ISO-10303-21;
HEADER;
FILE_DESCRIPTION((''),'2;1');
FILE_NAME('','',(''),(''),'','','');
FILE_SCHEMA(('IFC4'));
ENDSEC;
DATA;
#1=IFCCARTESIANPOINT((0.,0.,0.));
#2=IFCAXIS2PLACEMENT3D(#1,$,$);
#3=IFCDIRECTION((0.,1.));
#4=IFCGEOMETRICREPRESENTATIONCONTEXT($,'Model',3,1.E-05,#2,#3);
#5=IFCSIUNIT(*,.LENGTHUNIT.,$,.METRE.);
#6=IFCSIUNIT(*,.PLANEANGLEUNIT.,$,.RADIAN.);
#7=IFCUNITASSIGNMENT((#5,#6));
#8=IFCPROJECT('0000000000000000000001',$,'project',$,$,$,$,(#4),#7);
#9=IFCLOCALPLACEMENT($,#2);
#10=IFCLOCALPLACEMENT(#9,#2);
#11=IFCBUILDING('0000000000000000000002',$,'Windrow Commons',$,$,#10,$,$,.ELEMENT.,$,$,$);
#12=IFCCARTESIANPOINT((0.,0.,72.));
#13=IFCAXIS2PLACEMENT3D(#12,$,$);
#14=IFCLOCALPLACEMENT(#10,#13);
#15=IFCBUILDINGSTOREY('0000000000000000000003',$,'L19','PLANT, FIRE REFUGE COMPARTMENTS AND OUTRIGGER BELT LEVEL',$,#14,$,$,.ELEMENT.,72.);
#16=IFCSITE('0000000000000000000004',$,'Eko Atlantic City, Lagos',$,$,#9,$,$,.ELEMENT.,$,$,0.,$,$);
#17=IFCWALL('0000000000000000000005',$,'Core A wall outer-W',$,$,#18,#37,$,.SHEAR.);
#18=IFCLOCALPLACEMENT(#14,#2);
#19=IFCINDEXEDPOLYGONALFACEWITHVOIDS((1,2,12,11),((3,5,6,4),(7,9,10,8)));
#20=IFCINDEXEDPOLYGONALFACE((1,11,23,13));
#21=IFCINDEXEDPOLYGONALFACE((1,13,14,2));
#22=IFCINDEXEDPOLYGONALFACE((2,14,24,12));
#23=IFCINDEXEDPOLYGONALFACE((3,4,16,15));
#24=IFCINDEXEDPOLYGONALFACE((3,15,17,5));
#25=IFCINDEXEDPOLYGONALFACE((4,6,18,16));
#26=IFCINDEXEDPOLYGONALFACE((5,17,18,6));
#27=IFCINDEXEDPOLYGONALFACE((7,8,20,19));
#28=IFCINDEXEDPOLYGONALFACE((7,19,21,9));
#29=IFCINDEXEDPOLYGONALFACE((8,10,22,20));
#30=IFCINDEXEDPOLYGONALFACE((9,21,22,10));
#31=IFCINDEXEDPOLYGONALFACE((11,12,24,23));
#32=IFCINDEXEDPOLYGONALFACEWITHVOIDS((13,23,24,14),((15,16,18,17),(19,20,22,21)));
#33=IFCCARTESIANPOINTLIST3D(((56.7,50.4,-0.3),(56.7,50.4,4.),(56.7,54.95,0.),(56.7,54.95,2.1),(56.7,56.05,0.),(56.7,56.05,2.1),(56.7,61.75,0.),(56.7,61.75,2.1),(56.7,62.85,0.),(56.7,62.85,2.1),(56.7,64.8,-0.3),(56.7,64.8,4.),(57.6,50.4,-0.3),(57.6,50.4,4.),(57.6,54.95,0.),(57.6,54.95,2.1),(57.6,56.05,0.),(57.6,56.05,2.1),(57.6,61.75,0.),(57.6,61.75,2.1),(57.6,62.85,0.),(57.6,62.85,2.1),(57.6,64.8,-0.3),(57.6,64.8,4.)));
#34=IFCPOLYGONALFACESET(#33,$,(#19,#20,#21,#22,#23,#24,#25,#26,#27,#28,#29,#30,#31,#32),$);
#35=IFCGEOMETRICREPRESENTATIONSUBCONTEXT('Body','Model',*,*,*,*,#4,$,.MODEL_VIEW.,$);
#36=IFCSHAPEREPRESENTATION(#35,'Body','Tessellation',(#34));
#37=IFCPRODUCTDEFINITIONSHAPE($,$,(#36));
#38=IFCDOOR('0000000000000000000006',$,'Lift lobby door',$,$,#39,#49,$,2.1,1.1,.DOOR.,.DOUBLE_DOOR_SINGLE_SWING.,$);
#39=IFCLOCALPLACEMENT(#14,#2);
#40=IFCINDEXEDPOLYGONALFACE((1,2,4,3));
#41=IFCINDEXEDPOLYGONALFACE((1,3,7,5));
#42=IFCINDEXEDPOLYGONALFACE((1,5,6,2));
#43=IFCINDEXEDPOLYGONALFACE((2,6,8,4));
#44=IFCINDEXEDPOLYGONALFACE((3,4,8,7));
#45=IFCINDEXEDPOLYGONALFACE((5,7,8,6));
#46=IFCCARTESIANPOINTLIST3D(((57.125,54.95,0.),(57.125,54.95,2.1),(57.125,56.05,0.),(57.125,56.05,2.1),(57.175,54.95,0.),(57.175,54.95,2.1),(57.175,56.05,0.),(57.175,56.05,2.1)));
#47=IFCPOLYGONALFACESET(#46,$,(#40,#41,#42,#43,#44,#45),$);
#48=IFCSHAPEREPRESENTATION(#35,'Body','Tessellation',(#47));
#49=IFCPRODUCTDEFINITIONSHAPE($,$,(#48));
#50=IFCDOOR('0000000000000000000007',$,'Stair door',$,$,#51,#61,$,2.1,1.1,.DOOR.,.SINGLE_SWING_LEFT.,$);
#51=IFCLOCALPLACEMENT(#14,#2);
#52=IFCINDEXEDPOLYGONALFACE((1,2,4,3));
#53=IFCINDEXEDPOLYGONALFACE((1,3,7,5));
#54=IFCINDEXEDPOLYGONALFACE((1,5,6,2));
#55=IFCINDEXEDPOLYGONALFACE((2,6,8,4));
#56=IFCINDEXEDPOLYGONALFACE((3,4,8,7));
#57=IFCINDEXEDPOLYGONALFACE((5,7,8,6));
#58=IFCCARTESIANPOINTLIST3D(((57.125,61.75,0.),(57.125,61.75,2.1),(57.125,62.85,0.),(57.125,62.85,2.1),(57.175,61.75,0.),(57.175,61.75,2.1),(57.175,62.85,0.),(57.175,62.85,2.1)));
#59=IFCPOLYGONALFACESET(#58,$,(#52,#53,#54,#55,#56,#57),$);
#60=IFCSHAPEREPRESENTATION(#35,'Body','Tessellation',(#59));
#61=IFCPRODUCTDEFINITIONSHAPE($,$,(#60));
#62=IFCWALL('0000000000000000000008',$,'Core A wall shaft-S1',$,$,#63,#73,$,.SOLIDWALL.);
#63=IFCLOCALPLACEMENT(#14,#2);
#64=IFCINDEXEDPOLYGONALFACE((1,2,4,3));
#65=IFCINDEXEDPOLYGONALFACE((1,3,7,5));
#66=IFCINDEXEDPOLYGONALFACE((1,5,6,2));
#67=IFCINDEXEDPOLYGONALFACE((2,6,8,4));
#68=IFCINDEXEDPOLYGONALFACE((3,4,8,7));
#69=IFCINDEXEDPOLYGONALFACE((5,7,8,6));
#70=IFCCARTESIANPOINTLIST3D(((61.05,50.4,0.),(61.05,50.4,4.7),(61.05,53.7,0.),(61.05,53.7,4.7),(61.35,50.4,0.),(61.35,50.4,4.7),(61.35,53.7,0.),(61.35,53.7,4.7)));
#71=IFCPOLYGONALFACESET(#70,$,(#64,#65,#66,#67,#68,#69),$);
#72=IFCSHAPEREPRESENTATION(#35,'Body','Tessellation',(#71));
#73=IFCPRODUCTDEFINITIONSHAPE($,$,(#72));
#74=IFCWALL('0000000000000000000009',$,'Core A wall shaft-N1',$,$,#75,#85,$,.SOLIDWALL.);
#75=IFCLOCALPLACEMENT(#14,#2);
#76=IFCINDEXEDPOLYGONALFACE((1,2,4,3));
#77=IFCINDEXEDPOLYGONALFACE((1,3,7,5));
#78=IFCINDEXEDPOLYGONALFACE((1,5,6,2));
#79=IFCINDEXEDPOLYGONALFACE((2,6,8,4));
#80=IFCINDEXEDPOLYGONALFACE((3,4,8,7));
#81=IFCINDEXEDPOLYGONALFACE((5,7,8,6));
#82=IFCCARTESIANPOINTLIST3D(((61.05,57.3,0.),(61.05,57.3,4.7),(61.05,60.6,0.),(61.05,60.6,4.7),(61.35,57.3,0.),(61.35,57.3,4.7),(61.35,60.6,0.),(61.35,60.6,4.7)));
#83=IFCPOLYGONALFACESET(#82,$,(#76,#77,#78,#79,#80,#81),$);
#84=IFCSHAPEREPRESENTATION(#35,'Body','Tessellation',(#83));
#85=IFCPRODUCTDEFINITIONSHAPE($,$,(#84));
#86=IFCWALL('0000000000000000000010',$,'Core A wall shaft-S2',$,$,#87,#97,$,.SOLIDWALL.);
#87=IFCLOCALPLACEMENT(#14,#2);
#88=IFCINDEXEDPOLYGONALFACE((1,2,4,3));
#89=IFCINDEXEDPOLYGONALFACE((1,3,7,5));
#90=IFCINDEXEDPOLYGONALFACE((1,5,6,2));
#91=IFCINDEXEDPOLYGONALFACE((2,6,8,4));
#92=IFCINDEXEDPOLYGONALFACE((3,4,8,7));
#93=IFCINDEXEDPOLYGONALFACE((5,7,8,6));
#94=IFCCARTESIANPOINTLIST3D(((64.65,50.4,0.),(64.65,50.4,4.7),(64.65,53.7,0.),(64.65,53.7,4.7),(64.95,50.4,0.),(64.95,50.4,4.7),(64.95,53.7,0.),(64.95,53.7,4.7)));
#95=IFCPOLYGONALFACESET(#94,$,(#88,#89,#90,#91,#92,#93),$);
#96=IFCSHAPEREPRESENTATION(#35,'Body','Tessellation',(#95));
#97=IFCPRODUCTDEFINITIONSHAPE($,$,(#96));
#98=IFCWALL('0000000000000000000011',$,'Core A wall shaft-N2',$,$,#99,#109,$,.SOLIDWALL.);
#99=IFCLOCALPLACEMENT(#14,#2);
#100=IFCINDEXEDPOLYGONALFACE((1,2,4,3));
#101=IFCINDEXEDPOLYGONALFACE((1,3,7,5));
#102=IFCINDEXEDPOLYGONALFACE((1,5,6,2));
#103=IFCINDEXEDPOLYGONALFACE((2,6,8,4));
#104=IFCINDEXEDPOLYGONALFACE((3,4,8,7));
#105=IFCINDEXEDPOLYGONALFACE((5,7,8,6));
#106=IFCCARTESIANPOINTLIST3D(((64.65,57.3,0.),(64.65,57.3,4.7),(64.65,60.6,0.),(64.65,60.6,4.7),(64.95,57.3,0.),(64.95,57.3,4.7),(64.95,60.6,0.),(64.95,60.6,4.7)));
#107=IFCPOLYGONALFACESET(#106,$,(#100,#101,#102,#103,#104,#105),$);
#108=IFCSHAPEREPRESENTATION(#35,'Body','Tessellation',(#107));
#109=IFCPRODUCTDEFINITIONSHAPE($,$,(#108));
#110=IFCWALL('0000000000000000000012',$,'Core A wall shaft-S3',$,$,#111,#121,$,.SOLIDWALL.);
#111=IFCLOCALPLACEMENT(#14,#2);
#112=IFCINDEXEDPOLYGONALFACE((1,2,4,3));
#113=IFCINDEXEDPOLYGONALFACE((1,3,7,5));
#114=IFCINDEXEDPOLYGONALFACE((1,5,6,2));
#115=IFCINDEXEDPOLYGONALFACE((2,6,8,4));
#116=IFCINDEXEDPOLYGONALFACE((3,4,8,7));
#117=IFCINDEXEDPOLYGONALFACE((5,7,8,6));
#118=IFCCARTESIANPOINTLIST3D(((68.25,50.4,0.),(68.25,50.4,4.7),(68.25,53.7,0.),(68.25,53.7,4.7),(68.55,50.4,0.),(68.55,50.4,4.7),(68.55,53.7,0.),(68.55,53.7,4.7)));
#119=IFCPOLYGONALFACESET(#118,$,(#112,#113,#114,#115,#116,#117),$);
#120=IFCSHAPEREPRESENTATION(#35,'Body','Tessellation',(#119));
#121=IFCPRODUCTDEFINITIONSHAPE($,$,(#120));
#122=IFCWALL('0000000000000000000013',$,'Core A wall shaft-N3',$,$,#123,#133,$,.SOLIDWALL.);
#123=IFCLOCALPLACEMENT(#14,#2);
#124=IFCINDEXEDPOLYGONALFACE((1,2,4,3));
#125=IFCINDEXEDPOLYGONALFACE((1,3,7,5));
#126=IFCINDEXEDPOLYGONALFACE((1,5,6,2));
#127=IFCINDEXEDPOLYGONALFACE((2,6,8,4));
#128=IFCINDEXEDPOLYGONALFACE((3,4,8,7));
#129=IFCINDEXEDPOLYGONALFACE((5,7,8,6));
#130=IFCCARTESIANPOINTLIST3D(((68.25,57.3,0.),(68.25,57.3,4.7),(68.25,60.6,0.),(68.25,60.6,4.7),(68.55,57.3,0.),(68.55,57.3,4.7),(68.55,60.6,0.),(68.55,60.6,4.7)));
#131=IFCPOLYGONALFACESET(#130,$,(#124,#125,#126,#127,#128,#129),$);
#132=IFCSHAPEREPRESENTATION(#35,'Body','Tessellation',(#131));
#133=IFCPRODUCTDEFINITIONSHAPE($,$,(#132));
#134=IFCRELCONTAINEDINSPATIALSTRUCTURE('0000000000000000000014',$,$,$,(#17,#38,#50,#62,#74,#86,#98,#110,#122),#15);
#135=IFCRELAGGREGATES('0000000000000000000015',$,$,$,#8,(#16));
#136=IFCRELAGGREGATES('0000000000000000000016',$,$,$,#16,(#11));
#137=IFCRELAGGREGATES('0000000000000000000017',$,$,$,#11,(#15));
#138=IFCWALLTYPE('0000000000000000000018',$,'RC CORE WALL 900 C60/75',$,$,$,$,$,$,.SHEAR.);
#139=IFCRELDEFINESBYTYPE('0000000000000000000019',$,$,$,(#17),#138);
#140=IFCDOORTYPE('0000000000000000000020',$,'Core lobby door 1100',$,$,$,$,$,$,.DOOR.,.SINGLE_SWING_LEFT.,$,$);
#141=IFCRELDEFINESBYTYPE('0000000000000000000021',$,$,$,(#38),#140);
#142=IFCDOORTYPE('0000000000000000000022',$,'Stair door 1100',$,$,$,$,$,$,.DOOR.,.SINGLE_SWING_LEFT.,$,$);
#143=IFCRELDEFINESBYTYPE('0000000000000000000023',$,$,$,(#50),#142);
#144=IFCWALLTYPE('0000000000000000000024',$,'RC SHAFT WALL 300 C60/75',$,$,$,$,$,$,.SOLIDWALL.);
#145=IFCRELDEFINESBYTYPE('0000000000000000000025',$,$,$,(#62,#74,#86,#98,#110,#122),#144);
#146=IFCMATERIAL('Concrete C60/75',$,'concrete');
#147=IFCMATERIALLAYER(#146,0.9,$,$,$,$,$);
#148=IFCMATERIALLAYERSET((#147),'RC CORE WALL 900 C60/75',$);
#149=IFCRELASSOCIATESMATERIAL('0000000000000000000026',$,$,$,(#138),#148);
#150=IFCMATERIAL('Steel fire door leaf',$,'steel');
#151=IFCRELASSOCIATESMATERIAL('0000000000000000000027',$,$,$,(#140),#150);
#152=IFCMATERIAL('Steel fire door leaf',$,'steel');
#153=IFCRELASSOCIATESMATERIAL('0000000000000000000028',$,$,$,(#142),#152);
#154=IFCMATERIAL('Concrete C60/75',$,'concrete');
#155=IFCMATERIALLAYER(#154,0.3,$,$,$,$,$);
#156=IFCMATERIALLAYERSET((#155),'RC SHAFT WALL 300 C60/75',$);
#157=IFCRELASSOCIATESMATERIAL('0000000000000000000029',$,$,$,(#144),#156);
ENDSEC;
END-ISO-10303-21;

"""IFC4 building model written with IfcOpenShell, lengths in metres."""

from ifc_helpers import new_model, si_unit, direction, frame, frame_2d, origin, place, context, subcontext, project, spatial, rectangle, extrude, material, layer, layer_set, type_object, element, fill, save


model = new_model("IFC4")

# Units and contexts
model_context = context("Model", 3, precision=1e-05, world=origin(), true_north=direction((0.0, 1.0)))
body_context = subcontext(model_context, "Body", "Model", "MODEL_VIEW")
ifc_project = project(units=[si_unit("LENGTHUNIT", "METRE"), si_unit("PLANEANGLEUNIT", "RADIAN")], contexts=[model_context])

# Site, building, storey
site_placement = place(None, origin())
site = spatial("IfcSite", under=ifc_project, at=site_placement, Name="Eko Atlantic City, Lagos", CompositionType="ELEMENT", RefElevation=0.0)
building_placement = place(site_placement, origin())
building = spatial("IfcBuilding", under=site, at=building_placement, Name="Windrow Commons", CompositionType="ELEMENT")
storey_placement = place(building_placement, frame((0.0, 0.0, 72.0)))
storey = spatial("IfcBuildingStorey", under=building, at=storey_placement, Name="L19", Description="PLANT, FIRE REFUGE COMPARTMENTS AND OUTRIGGER BELT LEVEL", CompositionType="ELEMENT", Elevation=72.0)

# Wall, openings, doors
ifc_material_1 = material(Name="Concrete C60/75", Category="concrete")
ifc_layer_1 = layer(ifc_material_1, 0.9)
ifc_layer_set_1 = layer_set([ifc_layer_1], Name="RC CORE WALL 900 C60/75")
wall_type_1 = type_object("IfcWallType", Name="RC CORE WALL 900 C60/75", PredefinedType="SHEAR", material=ifc_layer_set_1)
wall_1_placement = place(storey_placement, frame((57.15, 50.4, -0.3), z_axis=(0.0, 0.0, 1.0), x_axis=(0.0, 1.0, 0.0)))
wall_1 = element("IfcWall", 1, at=wall_1_placement, inside=storey, type_object=wall_type_1, Name="Core A wall outer-W", PredefinedType="SHEAR", context=body_context, shape_type="SweptSolid", body=[
    extrude(rectangle(XDim=14.4, YDim=0.9, at=frame_2d((7.2, 0.0))), origin(), (0.0, 0.0, 1.0), 4.3),
])
opening_1_placement = place(wall_1_placement, frame((4.55, 0.0, 0.3)))
opening_1 = element("IfcOpeningElement", 2, at=opening_1_placement, cuts=wall_1, PredefinedType="OPENING", context=body_context, shape_type="SweptSolid", body=[
    extrude(rectangle(XDim=1.1, YDim=2.1, at=frame_2d((0.55, 1.05))), frame((0.0, 0.46, 0.0), z_axis=(0.0, -1.0, 0.0), x_axis=(1.0, 0.0, 0.0)), (0.0, 0.0, 1.0), 0.92),
])
opening_2_placement = place(wall_1_placement, frame((11.35, 0.0, 0.3)))
opening_2 = element("IfcOpeningElement", 3, at=opening_2_placement, cuts=wall_1, PredefinedType="OPENING", context=body_context, shape_type="SweptSolid", body=[
    extrude(rectangle(XDim=1.1, YDim=2.1, at=frame_2d((0.55, 1.05))), frame((0.0, 0.46, 0.0), z_axis=(0.0, -1.0, 0.0), x_axis=(1.0, 0.0, 0.0)), (0.0, 0.0, 1.0), 0.92),
])
ifc_material_2 = material(Name="Steel fire door leaf", Category="steel")
door_type_1 = type_object("IfcDoorType", Name="Core lobby door 1100", OperationType="SINGLE_SWING_LEFT", PredefinedType="DOOR", material=ifc_material_2)
door_1_placement = place(opening_1_placement, origin())
door_1 = element("IfcDoor", 4, at=door_1_placement, inside=storey, type_object=door_type_1, Name="Lift lobby door", OperationType="DOUBLE_DOOR_SINGLE_SWING", OverallHeight=2.1, OverallWidth=1.1, PredefinedType="DOOR", context=body_context, shape_type="SweptSolid", body=[
    extrude(rectangle(XDim=1.1, YDim=2.1, at=frame_2d((0.55, 1.05))), frame((0.0, 0.025, 0.0), z_axis=(0.0, -1.0, 0.0), x_axis=(1.0, 0.0, 0.0)), (0.0, 0.0, 1.0), 0.05),
])
fill(opening_1, door_1)
ifc_material_3 = material(Name="Steel fire door leaf", Category="steel")
door_type_2 = type_object("IfcDoorType", Name="Stair door 1100", OperationType="SINGLE_SWING_LEFT", PredefinedType="DOOR", material=ifc_material_3)
door_2_placement = place(opening_2_placement, origin())
door_2 = element("IfcDoor", 5, at=door_2_placement, inside=storey, type_object=door_type_2, Name="Stair door", OperationType="SINGLE_SWING_LEFT", OverallHeight=2.1, OverallWidth=1.1, PredefinedType="DOOR", context=body_context, shape_type="SweptSolid", body=[
    extrude(rectangle(XDim=1.1, YDim=2.1, at=frame_2d((0.55, 1.05))), frame((0.0, 0.025, 0.0), z_axis=(0.0, -1.0, 0.0), x_axis=(1.0, 0.0, 0.0)), (0.0, 0.0, 1.0), 0.05),
])
fill(opening_2, door_2)

# Walls
ifc_material_4 = material(Name="Concrete C60/75", Category="concrete")
ifc_layer_2 = layer(ifc_material_4, 0.3)
ifc_layer_set_2 = layer_set([ifc_layer_2], Name="RC SHAFT WALL 300 C60/75")
wall_type_2 = type_object("IfcWallType", Name="RC SHAFT WALL 300 C60/75", PredefinedType="SOLIDWALL", material=ifc_layer_set_2)
for number, where, z_axis, x_axis, name in (
    (6, (61.2, 50.4, 0.0), (0.0, 0.0, 1.0), (0.0, 1.0, 0.0), "Core A wall shaft-S1"),
    (7, (61.2, 57.3, 0.0), (0.0, 0.0, 1.0), (0.0, 1.0, 0.0), "Core A wall shaft-N1"),
    (8, (64.8, 50.4, 0.0), (0.0, 0.0, 1.0), (0.0, 1.0, 0.0), "Core A wall shaft-S2"),
    (9, (64.8, 57.3, 0.0), (0.0, 0.0, 1.0), (0.0, 1.0, 0.0), "Core A wall shaft-N2"),
    (10, (68.4, 50.4, 0.0), (0.0, 0.0, 1.0), (0.0, 1.0, 0.0), "Core A wall shaft-S3"),
    (11, (68.4, 57.3, 0.0), (0.0, 0.0, 1.0), (0.0, 1.0, 0.0), "Core A wall shaft-N3"),
):
    element("IfcWall", number, at=place(storey_placement, frame(where, z_axis=z_axis, x_axis=x_axis)), inside=storey, type_object=wall_type_2, Name=name, PredefinedType="SOLIDWALL", context=body_context, shape_type="SweptSolid", body=[
        extrude(rectangle(XDim=3.3, YDim=0.3, at=frame_2d((1.65, 0.0))), origin(), (0.0, 0.0, 1.0), 4.7),
    ])

save(model, "model.ifc")
